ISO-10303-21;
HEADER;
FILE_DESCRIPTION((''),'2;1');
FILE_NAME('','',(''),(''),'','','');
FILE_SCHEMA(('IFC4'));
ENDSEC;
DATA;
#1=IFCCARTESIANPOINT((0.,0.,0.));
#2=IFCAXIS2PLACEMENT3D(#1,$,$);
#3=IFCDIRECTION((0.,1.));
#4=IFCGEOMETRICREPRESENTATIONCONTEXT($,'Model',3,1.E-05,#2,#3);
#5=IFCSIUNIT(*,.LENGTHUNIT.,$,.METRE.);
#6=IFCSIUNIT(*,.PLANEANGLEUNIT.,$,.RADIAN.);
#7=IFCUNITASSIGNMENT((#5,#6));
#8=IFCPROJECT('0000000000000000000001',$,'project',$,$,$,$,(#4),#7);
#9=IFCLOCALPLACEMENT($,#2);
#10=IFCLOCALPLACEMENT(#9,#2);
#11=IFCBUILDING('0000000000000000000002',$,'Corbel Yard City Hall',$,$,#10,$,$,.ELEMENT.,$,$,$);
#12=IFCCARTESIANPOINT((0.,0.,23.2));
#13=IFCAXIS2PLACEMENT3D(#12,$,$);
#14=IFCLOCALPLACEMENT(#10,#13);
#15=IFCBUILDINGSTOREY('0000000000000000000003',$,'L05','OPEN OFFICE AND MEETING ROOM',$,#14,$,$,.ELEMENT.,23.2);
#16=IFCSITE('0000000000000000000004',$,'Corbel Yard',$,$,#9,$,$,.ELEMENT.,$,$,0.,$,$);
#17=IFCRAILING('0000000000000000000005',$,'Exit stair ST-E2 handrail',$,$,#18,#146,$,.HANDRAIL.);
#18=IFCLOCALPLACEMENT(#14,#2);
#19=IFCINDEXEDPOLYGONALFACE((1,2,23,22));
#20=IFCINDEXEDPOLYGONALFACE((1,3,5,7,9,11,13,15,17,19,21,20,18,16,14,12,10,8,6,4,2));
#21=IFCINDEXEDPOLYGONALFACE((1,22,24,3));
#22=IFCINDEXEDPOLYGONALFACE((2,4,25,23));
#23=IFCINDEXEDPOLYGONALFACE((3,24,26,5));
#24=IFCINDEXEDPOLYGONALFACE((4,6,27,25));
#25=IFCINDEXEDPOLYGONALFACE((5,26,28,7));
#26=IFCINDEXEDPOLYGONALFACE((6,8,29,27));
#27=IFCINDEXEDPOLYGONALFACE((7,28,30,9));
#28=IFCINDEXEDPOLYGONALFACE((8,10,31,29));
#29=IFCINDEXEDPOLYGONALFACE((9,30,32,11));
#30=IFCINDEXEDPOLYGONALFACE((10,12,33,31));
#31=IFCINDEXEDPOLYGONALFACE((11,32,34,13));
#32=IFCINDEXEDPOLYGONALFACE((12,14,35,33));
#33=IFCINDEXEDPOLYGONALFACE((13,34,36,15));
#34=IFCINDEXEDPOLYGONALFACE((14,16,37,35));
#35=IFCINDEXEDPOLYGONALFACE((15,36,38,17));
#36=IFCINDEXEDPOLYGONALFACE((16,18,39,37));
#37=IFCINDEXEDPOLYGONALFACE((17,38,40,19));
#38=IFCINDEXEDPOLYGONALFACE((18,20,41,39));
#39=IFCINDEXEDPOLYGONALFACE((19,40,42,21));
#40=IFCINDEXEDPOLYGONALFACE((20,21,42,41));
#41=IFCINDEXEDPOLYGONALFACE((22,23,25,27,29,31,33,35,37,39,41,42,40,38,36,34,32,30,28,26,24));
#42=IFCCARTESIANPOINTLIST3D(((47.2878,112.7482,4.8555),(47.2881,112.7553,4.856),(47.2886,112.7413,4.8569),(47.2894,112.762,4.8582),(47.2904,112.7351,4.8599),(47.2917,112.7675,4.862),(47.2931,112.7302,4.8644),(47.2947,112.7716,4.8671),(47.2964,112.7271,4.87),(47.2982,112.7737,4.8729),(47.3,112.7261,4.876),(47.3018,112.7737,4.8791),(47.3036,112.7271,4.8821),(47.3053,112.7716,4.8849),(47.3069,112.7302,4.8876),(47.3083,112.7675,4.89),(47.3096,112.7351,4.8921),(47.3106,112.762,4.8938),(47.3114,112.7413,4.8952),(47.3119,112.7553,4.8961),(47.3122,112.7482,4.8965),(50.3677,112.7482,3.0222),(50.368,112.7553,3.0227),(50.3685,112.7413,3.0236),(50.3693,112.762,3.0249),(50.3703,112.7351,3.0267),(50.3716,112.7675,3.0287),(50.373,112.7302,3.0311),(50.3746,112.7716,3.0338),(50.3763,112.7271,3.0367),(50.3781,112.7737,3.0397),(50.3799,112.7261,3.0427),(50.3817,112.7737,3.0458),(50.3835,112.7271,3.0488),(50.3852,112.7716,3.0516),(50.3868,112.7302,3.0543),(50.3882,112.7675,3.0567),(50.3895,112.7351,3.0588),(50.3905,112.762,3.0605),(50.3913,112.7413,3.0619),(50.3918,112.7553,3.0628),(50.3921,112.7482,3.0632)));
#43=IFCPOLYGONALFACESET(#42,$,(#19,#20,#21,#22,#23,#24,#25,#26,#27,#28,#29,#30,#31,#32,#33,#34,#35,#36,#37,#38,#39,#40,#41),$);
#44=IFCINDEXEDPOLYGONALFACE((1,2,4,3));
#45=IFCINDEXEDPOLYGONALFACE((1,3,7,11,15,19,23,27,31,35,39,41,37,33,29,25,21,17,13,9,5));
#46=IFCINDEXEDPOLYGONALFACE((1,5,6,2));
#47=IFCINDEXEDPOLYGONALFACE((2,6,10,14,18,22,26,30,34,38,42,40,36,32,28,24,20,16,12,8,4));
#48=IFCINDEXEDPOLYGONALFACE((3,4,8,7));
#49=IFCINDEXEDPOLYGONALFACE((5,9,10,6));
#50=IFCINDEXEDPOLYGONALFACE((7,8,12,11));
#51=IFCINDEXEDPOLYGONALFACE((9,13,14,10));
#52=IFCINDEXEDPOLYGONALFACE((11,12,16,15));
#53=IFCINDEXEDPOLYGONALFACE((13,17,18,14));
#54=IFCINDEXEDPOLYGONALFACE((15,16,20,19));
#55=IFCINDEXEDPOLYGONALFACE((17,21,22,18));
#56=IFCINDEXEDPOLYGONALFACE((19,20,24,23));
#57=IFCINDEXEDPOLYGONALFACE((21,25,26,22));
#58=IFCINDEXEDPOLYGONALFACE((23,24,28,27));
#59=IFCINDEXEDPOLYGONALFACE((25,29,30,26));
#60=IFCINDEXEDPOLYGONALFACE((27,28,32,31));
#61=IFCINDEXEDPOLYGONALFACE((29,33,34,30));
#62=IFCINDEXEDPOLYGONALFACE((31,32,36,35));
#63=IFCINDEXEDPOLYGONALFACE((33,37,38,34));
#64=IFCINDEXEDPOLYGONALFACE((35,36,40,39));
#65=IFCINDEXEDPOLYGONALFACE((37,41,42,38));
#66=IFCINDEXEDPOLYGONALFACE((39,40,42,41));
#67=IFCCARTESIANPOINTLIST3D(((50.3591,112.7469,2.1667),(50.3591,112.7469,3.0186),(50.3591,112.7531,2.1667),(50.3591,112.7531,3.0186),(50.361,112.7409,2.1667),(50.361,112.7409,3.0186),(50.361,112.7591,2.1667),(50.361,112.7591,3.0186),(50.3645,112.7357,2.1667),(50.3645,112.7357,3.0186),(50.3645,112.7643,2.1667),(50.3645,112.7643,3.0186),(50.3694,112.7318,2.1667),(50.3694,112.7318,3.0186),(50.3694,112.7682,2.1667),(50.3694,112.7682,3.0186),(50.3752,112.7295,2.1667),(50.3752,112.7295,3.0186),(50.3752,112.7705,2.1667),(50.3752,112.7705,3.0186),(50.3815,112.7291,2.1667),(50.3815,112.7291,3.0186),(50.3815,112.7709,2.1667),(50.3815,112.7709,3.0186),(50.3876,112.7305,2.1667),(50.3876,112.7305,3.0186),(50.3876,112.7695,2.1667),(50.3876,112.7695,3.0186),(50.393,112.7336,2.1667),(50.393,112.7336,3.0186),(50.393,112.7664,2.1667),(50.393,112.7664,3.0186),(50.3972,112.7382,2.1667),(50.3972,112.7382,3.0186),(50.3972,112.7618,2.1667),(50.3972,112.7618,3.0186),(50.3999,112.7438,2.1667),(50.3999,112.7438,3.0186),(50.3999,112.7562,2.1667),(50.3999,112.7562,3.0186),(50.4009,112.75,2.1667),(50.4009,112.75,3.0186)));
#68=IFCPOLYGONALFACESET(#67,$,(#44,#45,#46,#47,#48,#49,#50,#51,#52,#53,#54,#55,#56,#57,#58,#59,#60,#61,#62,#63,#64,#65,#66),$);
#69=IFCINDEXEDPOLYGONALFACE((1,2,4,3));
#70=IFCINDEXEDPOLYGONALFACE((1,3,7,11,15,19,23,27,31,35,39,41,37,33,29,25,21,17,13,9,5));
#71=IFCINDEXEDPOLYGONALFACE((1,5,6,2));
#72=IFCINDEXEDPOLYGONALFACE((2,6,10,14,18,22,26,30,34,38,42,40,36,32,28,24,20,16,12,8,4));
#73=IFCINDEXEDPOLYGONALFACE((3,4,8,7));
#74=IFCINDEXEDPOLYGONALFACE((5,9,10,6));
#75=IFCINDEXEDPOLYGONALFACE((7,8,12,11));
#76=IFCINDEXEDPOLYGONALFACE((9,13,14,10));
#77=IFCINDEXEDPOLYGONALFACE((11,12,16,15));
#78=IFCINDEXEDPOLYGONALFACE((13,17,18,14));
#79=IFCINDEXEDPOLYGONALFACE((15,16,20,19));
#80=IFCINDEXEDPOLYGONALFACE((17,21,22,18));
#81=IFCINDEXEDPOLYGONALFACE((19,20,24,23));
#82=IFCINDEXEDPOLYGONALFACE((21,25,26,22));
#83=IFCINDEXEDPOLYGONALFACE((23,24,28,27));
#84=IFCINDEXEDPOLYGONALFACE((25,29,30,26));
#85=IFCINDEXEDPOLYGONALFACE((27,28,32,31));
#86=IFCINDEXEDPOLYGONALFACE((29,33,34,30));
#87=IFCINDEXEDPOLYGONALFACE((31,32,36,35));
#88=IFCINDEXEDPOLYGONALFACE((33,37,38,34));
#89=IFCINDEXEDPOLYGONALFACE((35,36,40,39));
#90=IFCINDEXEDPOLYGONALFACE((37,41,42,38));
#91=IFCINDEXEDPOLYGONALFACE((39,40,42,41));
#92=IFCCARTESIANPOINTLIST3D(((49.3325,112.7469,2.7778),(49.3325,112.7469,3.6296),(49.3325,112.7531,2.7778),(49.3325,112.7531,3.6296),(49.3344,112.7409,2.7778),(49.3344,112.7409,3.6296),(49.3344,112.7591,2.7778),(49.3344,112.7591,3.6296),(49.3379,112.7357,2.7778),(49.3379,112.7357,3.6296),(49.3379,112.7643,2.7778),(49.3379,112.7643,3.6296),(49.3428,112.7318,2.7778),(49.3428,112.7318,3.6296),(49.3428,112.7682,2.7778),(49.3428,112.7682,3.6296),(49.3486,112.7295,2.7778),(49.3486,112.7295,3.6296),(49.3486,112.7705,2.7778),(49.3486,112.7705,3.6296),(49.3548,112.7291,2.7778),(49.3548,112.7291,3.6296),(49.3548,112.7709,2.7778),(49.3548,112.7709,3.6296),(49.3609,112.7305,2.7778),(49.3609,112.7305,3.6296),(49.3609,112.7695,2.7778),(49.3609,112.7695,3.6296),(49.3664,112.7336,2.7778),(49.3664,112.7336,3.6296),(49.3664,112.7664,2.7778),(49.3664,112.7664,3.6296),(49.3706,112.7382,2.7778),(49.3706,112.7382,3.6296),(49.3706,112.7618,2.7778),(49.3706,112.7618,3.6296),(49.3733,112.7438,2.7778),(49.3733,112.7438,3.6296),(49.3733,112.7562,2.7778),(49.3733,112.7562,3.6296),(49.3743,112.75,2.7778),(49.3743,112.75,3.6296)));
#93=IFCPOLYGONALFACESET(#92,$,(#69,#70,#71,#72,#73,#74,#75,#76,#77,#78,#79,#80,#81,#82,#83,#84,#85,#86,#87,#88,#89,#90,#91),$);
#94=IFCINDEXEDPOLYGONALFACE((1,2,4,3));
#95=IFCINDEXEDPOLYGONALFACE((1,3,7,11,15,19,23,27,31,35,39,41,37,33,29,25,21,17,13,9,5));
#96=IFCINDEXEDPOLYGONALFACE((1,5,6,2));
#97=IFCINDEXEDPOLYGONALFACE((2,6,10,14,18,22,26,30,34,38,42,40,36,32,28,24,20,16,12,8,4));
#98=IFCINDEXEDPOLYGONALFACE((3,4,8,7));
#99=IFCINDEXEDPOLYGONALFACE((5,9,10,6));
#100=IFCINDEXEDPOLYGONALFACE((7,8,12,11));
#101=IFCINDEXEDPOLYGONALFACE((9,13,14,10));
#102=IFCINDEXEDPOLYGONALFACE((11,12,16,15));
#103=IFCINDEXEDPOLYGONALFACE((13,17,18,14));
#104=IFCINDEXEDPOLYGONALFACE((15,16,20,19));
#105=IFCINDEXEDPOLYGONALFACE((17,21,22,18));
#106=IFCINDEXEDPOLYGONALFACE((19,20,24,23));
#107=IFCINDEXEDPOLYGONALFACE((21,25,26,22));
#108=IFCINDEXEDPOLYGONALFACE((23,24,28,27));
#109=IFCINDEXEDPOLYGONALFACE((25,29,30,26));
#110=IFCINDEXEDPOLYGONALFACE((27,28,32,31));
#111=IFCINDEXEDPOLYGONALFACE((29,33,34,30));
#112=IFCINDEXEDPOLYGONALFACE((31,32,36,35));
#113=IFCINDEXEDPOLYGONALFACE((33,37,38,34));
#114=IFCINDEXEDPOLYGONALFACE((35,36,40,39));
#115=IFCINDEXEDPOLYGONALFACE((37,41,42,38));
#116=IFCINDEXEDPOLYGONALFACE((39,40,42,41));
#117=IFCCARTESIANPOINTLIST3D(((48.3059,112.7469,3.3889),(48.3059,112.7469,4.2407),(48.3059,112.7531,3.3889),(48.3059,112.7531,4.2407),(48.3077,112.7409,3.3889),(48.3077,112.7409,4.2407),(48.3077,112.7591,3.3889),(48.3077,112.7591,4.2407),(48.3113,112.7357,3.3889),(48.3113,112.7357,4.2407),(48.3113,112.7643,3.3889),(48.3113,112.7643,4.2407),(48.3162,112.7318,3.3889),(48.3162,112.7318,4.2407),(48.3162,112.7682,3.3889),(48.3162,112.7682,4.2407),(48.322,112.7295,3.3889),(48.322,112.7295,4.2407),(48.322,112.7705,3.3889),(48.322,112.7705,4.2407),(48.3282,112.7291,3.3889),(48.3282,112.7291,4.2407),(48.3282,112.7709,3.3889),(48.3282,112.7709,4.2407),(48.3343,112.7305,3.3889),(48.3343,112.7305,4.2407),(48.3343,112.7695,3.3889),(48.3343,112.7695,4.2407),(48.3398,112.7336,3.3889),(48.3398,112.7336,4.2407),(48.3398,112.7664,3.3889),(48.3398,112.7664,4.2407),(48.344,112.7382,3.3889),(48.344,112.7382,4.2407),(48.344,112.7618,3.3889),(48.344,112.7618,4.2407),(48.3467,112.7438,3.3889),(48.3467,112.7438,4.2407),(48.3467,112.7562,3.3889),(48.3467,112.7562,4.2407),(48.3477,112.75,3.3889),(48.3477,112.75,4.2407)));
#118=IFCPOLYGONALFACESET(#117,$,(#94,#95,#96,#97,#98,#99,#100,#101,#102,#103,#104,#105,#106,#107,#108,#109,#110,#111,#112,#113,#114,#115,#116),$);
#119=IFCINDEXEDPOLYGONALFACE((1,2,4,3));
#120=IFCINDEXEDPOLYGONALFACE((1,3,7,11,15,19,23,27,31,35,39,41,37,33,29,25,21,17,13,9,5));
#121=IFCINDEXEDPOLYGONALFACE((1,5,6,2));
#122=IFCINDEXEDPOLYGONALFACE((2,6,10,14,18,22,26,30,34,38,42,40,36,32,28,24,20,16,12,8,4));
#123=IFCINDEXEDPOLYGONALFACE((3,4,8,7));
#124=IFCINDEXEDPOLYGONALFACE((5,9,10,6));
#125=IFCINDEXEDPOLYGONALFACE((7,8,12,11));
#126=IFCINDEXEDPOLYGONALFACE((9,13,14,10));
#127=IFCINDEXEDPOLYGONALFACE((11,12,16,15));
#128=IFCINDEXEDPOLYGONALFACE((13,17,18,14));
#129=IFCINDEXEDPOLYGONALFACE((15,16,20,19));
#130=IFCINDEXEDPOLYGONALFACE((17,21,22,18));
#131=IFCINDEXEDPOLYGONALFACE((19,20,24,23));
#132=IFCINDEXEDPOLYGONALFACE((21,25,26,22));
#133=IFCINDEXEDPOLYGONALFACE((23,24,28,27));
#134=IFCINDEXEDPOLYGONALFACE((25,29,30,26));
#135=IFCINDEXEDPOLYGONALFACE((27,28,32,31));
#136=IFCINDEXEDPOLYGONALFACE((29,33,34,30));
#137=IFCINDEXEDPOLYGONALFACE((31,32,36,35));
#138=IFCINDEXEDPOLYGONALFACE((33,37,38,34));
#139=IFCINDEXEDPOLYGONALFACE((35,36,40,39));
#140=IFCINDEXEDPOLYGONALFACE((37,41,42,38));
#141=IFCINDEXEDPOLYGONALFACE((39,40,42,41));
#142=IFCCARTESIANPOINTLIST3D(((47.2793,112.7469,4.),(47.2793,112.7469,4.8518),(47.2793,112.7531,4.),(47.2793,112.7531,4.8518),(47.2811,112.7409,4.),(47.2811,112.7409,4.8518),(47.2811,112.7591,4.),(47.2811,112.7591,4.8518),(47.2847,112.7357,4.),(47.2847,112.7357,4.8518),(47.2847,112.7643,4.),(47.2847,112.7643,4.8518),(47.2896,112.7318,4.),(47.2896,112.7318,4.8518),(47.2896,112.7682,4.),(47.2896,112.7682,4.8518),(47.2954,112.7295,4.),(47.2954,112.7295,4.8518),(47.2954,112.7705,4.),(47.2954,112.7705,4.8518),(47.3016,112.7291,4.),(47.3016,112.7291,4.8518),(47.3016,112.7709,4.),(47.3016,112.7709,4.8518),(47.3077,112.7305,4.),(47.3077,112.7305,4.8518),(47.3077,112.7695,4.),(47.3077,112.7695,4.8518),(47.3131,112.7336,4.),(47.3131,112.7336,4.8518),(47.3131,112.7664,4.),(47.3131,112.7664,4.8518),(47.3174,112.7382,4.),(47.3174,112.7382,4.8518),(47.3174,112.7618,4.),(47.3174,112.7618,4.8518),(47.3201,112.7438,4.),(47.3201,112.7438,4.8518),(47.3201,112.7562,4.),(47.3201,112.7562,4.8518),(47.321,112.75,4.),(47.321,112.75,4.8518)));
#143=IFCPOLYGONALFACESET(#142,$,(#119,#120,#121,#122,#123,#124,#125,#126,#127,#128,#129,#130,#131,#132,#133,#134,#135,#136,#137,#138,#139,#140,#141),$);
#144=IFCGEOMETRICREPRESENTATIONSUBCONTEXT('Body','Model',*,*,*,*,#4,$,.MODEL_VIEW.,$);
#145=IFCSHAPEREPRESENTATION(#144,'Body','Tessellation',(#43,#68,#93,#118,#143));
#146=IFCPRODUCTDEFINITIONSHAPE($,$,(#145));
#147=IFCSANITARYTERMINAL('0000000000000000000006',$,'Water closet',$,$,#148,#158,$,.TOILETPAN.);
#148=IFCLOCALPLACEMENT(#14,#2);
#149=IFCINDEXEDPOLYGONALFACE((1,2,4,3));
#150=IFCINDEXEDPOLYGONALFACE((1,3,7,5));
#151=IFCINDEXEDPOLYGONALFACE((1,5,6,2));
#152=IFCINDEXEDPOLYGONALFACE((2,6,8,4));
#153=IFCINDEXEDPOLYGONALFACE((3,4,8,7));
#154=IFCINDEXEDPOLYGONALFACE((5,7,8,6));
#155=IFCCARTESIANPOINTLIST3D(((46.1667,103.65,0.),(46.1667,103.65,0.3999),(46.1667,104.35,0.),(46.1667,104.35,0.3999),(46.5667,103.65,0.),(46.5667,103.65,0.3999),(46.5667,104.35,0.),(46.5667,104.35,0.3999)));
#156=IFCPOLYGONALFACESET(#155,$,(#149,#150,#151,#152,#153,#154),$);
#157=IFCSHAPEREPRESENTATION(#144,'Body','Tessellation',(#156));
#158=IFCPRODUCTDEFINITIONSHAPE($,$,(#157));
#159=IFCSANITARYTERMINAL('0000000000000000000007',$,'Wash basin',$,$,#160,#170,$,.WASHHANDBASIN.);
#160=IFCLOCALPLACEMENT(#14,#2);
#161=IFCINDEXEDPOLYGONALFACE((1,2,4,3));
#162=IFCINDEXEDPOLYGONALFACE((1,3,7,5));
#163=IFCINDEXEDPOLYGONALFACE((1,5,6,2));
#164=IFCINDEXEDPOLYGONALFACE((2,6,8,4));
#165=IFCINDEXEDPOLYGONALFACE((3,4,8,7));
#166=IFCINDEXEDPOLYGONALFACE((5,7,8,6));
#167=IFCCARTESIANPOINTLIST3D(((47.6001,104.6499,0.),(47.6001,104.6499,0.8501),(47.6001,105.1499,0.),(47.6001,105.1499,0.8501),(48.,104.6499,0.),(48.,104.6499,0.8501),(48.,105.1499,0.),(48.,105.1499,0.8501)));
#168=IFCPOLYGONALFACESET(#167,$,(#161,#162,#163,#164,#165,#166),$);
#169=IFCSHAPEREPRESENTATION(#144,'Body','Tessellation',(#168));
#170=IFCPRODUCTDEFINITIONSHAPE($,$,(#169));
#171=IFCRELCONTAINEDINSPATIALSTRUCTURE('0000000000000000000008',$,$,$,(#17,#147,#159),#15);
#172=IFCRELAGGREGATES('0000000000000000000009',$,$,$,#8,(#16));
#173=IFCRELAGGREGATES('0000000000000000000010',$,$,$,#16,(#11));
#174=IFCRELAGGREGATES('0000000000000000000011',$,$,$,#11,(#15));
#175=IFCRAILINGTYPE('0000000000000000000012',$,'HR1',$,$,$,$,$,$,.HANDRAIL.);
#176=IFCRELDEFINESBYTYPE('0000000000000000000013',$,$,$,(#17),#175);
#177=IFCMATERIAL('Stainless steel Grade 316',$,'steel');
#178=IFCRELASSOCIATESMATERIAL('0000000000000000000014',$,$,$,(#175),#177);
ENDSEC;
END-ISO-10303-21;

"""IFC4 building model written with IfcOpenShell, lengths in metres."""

from ifc_helpers import new_model, si_unit, direction, frame, origin, origin_2d, place, context, subcontext, project, spatial, rectangle, circle, extrude, material, type_object, element, save


model = new_model("IFC4")

# Units and contexts
model_context = context("Model", 3, precision=1e-05, world=origin(), true_north=direction((0.0, 1.0)))
body_context = subcontext(model_context, "Body", "Model", "MODEL_VIEW")
ifc_project = project(units=[si_unit("LENGTHUNIT", "METRE"), si_unit("PLANEANGLEUNIT", "RADIAN")], contexts=[model_context])

# Site, building, storey
site_placement = place(None, origin())
site = spatial("IfcSite", under=ifc_project, at=site_placement, Name="Corbel Yard", CompositionType="ELEMENT", RefElevation=0.0)
building_placement = place(site_placement, origin())
building = spatial("IfcBuilding", under=site, at=building_placement, Name="Corbel Yard City Hall", CompositionType="ELEMENT")
storey_placement = place(building_placement, frame((0.0, 0.0, 23.2)))
storey = spatial("IfcBuildingStorey", under=building, at=storey_placement, Name="L05", Description="OPEN OFFICE AND MEETING ROOM", CompositionType="ELEMENT", Elevation=23.2)

# Shared definitions
ifc_material_1 = material(Name="Stainless steel Grade 316", Category="steel")

# Railing
railing_type = type_object("IfcRailingType", Name="HR1", PredefinedType="HANDRAIL", material=ifc_material_1)
for number, where, name in (
    (1, (50.3799, 112.75, 2.1667), "Exit stair ST-E2 handrail"),
):
    element("IfcRailing", number, at=place(storey_placement, frame(where)), inside=storey, type_object=railing_type, Name=name, PredefinedType="HANDRAIL", context=body_context, shape_type="SweptSolid", body=[
        extrude(circle(Radius=0.0239, at=origin_2d()), frame((0.0, 0.0, 0.876), z_axis=(-0.859291, 0.0, 0.511487), x_axis=(0.0, -1.0, 0.0)), (0.0, 0.0, 1.0), 3.5842),
        extrude(circle(Radius=0.021, at=origin_2d()), origin(), (0.0, 0.0, 1.0), 0.8518),
        extrude(circle(Radius=0.021, at=origin_2d()), frame((-1.0266, 0.0, 0.6111)), (0.0, 0.0, 1.0), 0.8518),
        extrude(circle(Radius=0.021, at=origin_2d()), frame((-2.0532, 0.0, 1.2222)), (0.0, 0.0, 1.0), 0.8518),
        extrude(circle(Radius=0.021, at=origin_2d()), frame((-3.0798, 0.0, 1.8333)), (0.0, 0.0, 1.0), 0.8518),
    ])

# Sanitary terminals
sanitary_terminal_1_placement = place(storey_placement, frame((46.3667, 104.0, 0.0), z_axis=(0.0, 0.0, 1.0), x_axis=(1.0, 0.0, 0.0)))
element("IfcSanitaryTerminal", 2, at=sanitary_terminal_1_placement, inside=storey, Name="Water closet", PredefinedType="TOILETPAN", context=body_context, shape_type="SweptSolid", body=[
    extrude(rectangle(XDim=0.3999, YDim=0.7, at=origin_2d()), origin(), (0.0, 0.0, 1.0), 0.3999),
])
sanitary_terminal_2_placement = place(storey_placement, frame((47.8, 104.8999, 0.0), z_axis=(0.0, 0.0, 1.0), x_axis=(1.0, 0.0, 0.0)))
element("IfcSanitaryTerminal", 3, at=sanitary_terminal_2_placement, inside=storey, Name="Wash basin", PredefinedType="WASHHANDBASIN", context=body_context, shape_type="SweptSolid", body=[
    extrude(rectangle(XDim=0.3999, YDim=0.5, at=origin_2d()), origin(), (0.0, 0.0, 1.0), 0.8501),
])

save(model, "model.ifc")
